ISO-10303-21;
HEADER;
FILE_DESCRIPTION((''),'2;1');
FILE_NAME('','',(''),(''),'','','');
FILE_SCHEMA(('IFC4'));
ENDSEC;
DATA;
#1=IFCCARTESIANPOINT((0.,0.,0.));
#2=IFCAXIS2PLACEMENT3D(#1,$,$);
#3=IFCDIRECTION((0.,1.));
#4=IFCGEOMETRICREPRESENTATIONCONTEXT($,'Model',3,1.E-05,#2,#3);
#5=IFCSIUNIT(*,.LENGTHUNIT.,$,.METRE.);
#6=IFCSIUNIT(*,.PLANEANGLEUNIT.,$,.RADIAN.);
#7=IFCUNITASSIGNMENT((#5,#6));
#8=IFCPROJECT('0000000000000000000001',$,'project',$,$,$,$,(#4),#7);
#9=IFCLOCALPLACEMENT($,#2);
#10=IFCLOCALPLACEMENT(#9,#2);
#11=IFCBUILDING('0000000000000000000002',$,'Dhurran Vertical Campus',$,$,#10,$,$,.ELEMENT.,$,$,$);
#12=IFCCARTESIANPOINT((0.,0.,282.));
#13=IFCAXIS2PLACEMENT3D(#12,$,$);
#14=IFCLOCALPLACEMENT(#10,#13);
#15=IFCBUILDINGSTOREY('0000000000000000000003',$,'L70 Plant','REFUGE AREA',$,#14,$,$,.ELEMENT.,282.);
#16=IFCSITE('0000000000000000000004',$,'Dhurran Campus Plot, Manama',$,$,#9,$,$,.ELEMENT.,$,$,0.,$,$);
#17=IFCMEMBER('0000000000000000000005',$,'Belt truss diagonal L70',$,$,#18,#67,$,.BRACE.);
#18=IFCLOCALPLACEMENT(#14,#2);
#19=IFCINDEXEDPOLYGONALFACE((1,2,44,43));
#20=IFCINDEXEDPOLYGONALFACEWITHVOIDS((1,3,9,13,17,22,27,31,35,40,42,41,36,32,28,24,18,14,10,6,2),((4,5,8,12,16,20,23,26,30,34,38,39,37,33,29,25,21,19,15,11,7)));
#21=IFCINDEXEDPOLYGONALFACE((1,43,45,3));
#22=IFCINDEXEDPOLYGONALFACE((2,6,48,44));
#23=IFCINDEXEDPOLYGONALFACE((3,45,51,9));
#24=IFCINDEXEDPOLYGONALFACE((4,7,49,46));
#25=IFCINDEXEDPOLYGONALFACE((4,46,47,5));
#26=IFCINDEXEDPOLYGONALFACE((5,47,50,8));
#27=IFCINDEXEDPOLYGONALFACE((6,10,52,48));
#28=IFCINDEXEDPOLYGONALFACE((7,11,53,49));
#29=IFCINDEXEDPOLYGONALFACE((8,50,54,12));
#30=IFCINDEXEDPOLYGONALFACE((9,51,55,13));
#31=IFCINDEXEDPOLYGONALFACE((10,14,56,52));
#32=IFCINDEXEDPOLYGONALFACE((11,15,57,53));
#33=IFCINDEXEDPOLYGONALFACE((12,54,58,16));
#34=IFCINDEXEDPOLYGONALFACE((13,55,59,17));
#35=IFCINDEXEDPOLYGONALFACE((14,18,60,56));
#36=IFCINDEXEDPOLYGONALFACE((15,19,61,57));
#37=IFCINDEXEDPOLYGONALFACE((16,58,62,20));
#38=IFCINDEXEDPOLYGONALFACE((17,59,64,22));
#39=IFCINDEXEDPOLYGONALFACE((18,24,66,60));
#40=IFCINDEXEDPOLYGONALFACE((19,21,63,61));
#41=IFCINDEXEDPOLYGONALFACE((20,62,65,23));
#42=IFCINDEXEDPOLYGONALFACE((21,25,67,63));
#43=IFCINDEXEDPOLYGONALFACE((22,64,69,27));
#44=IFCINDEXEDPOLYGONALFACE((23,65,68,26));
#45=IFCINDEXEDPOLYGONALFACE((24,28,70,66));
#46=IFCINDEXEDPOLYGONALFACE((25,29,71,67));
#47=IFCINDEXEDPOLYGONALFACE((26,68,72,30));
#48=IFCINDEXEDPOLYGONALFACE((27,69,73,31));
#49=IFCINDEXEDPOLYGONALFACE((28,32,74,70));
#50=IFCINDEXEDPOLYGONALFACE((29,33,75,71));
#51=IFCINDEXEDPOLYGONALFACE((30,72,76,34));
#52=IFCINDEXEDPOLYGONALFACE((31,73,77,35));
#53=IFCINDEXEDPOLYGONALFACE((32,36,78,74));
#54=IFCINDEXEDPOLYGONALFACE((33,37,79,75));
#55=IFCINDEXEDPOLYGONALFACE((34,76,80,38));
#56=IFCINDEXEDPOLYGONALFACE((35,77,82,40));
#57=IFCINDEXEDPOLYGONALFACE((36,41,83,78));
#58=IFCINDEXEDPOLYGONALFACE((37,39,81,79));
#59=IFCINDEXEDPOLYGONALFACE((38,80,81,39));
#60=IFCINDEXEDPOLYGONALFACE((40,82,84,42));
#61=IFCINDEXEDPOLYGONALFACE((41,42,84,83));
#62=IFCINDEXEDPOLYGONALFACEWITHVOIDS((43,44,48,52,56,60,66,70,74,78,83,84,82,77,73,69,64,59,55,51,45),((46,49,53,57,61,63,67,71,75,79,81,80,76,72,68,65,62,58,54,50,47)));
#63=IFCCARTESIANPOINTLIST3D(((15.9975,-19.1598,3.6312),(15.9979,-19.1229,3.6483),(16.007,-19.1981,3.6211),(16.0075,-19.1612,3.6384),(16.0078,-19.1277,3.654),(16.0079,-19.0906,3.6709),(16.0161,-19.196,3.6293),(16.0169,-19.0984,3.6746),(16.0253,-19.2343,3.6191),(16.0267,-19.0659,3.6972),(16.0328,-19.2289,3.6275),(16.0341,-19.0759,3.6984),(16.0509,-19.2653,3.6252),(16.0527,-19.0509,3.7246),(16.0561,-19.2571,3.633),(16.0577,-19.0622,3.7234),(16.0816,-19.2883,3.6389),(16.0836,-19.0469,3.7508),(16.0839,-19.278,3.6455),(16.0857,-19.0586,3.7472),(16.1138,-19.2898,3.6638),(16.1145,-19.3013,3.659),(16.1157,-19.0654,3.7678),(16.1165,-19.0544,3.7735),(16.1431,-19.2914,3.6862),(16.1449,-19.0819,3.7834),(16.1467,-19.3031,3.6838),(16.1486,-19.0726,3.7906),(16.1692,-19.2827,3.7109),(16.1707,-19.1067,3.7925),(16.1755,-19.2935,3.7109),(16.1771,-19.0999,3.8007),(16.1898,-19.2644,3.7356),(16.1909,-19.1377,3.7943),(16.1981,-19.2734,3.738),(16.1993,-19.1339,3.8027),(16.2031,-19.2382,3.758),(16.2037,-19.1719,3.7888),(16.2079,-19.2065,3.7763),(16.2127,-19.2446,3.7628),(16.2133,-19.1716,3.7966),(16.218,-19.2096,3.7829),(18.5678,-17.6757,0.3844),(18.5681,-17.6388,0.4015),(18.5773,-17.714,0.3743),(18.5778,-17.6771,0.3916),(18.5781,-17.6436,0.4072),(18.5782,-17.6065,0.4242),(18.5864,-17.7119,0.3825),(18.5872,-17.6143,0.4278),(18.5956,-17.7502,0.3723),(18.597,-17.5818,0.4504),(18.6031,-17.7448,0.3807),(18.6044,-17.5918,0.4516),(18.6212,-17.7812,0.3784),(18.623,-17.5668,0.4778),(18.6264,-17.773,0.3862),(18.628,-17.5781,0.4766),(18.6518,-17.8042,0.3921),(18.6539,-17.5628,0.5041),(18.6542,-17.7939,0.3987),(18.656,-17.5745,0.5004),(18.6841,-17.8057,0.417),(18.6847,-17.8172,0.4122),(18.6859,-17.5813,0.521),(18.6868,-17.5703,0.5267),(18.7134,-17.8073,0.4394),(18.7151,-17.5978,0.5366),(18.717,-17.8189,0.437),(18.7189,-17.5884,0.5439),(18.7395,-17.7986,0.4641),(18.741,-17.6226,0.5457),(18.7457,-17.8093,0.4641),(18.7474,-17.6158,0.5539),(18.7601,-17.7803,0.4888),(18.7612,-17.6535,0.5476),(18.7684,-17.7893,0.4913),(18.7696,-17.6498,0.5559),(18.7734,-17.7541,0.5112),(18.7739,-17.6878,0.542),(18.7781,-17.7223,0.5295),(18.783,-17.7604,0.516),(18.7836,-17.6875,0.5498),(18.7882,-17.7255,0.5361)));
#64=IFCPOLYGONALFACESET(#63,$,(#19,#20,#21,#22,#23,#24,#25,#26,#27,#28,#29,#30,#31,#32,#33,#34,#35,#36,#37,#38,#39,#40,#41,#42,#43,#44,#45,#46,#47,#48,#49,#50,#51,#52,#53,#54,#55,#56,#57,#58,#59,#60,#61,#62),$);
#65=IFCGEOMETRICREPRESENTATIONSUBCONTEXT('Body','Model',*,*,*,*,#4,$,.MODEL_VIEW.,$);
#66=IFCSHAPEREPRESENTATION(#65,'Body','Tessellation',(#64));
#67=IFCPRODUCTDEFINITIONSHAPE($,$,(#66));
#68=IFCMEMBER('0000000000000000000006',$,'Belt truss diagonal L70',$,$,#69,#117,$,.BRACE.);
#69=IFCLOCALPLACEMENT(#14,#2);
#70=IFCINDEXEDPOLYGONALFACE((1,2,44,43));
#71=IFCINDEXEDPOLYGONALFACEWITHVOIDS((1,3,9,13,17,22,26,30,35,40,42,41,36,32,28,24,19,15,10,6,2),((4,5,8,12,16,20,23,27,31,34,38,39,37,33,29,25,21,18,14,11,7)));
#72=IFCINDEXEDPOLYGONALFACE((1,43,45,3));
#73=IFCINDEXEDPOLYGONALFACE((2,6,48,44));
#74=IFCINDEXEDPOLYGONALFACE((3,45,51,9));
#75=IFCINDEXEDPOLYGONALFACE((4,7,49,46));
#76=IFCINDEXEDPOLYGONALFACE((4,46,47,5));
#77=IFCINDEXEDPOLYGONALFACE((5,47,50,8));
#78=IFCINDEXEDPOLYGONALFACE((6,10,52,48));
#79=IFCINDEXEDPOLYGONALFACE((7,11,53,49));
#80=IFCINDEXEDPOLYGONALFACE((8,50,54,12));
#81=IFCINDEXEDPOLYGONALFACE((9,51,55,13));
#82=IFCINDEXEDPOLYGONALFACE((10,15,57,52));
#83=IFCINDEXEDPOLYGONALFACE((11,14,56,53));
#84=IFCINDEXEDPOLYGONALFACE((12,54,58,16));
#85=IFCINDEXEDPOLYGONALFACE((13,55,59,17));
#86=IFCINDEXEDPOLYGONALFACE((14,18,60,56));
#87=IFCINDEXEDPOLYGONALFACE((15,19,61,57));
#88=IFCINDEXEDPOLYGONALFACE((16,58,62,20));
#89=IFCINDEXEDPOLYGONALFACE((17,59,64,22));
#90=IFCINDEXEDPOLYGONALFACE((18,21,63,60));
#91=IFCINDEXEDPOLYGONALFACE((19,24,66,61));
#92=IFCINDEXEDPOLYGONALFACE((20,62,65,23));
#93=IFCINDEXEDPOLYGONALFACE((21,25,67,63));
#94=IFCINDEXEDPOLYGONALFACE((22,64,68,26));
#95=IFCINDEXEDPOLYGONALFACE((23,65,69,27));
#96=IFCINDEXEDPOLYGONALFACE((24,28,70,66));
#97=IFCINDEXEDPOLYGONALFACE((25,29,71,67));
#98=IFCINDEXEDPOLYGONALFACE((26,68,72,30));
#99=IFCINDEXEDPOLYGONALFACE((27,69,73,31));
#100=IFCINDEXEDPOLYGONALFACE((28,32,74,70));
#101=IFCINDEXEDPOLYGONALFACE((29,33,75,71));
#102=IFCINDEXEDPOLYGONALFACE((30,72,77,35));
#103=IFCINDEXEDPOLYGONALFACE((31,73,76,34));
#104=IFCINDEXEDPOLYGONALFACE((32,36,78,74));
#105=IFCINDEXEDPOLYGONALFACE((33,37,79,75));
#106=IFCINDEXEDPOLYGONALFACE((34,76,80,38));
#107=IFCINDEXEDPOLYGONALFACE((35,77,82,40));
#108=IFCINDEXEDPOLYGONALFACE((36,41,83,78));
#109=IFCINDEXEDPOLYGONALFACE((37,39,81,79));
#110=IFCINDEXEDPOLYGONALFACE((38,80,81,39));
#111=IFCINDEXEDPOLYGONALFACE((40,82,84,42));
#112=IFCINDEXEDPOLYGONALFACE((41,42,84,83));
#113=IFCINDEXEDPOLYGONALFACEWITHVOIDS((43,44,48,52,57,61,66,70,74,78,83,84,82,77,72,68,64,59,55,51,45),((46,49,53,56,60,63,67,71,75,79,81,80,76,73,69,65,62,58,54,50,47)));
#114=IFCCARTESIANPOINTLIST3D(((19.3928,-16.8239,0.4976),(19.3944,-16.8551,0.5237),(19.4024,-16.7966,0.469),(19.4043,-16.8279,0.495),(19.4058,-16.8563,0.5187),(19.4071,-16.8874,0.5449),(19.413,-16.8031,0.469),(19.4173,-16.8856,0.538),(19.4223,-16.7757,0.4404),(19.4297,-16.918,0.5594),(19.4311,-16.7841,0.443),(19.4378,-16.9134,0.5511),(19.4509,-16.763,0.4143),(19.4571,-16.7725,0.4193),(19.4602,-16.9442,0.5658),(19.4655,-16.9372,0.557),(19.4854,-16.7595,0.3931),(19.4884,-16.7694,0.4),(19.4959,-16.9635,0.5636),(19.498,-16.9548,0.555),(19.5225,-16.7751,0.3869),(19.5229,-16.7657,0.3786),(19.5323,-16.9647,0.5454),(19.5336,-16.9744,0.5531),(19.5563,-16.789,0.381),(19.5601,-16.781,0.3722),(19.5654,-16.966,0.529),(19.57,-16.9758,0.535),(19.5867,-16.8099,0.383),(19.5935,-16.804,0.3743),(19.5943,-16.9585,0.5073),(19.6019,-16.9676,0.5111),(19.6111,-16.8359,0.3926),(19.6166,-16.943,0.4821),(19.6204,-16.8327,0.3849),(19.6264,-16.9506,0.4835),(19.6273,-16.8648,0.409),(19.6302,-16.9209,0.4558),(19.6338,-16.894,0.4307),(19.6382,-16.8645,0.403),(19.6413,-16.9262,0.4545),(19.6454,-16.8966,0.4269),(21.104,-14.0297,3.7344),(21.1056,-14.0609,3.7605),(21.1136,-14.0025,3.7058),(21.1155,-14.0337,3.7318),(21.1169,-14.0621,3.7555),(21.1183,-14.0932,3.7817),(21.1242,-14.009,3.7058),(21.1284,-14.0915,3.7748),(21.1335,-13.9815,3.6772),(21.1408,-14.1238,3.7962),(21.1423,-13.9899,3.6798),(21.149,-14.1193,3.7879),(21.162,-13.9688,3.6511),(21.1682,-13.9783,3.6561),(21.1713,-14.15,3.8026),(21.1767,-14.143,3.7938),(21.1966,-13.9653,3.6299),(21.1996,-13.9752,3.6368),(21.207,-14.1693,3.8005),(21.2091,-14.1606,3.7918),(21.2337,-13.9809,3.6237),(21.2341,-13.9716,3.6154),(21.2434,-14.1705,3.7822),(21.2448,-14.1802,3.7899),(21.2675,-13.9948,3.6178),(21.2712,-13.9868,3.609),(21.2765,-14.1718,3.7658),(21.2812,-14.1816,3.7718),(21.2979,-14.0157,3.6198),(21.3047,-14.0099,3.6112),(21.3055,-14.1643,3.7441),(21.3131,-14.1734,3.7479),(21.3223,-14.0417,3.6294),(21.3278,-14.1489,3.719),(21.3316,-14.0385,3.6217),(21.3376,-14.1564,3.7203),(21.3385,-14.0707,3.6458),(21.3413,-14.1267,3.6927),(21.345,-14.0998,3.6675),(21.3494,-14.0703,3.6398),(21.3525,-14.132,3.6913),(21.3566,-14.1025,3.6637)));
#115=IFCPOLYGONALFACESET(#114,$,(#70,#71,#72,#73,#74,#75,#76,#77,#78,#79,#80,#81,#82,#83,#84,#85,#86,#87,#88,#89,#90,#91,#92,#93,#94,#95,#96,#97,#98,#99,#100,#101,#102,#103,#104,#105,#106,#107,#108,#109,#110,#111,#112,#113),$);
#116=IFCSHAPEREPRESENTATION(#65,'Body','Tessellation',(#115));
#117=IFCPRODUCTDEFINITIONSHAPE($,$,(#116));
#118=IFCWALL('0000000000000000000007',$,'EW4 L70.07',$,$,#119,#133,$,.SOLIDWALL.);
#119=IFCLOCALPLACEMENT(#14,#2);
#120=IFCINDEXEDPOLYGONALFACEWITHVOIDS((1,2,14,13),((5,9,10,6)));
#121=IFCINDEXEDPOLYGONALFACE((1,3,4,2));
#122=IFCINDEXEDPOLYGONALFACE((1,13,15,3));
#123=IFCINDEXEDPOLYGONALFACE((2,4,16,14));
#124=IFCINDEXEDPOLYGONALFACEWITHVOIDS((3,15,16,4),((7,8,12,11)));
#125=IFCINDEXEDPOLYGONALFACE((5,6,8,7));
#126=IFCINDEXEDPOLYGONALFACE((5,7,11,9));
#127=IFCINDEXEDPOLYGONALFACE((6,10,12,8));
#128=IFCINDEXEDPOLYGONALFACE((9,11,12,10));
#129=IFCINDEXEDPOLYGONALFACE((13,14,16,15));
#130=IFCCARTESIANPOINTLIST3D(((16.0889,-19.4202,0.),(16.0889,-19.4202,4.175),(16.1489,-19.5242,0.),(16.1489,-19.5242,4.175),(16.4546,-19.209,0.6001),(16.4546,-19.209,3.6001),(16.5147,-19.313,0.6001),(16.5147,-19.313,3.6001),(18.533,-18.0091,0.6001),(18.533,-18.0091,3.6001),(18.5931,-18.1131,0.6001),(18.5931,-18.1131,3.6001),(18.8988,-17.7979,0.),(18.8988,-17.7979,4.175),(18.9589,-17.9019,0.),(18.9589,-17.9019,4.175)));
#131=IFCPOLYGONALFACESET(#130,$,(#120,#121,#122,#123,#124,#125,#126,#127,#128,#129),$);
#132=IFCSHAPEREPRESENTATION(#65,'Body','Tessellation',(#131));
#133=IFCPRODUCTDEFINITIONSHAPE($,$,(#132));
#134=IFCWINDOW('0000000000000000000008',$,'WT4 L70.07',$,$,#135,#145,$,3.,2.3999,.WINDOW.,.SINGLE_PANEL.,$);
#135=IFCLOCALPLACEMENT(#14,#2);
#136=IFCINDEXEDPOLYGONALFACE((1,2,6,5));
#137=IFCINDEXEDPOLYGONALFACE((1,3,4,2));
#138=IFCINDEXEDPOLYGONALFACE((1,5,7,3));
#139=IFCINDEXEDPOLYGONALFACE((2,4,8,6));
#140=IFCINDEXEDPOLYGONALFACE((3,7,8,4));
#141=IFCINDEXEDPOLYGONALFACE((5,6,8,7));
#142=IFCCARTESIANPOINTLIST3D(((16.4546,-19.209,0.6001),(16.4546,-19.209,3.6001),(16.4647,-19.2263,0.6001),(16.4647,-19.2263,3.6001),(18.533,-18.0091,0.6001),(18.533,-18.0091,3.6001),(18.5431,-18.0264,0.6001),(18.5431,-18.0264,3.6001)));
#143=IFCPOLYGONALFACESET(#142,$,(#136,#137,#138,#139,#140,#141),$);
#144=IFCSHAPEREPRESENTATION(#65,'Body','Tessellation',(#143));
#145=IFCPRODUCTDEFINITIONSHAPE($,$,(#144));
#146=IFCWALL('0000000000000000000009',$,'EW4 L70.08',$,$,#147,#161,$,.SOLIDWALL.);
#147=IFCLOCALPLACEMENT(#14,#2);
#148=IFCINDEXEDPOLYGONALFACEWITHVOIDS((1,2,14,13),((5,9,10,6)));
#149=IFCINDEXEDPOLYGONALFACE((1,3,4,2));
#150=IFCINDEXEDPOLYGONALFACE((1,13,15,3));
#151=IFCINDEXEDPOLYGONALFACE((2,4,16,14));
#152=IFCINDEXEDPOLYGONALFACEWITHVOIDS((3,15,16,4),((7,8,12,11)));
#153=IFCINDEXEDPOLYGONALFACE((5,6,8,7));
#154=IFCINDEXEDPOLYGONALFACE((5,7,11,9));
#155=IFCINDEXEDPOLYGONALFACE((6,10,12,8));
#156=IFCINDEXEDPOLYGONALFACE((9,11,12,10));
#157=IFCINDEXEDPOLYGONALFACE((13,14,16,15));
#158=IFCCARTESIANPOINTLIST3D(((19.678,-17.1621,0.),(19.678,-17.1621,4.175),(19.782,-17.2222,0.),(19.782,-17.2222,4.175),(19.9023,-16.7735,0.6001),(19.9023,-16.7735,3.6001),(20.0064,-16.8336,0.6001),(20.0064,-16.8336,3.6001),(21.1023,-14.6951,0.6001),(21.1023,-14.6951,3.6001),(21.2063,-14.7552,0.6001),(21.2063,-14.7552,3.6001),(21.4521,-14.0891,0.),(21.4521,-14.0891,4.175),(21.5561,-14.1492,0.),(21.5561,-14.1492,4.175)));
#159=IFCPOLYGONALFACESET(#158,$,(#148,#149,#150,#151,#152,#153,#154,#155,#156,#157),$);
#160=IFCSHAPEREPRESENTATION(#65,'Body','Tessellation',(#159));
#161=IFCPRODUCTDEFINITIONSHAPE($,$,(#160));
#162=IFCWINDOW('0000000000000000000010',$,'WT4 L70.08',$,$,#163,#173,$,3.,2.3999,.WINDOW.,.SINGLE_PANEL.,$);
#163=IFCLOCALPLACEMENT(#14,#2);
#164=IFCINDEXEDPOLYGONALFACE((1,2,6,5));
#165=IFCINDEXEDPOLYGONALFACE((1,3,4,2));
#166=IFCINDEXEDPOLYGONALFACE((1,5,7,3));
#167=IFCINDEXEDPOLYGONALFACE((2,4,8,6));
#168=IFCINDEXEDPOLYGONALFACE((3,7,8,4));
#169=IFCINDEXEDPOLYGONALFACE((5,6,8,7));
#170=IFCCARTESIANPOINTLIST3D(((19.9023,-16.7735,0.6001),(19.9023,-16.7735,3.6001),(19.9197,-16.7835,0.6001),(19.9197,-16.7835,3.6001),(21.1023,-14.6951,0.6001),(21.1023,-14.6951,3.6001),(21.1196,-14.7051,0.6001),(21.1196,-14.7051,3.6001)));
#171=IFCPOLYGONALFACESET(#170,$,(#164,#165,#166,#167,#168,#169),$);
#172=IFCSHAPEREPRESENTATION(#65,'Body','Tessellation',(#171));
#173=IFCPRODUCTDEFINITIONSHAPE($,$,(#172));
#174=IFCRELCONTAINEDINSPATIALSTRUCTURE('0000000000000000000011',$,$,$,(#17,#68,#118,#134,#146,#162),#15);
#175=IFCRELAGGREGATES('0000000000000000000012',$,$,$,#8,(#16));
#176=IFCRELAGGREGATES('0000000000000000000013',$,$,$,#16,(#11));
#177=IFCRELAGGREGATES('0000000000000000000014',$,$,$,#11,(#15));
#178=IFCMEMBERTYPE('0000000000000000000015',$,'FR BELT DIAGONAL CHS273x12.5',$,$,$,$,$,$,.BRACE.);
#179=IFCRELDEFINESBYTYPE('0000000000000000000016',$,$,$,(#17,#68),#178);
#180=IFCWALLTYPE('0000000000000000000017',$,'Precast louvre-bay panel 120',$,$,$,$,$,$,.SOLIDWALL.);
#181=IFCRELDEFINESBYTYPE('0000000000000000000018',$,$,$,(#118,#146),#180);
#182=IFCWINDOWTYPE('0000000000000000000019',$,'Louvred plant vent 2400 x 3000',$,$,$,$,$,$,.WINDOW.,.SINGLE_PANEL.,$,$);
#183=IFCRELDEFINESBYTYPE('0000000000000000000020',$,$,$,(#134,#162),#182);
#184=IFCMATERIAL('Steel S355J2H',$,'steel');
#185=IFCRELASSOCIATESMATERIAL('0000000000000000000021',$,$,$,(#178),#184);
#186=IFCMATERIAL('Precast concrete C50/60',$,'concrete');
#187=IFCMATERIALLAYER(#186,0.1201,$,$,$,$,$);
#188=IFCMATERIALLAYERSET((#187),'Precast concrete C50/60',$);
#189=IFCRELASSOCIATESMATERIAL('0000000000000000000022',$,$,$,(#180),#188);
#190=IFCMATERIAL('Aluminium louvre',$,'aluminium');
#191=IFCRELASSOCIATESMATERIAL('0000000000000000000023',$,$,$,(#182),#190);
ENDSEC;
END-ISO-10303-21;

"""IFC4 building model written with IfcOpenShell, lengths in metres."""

from ifc_helpers import new_model, si_unit, direction, frame, frame_2d, origin, origin_2d, place, context, subcontext, project, spatial, rectangle, hollow_circle, extrude, material, layer, layer_set, material_profile, profile_set, type_object, element, fill, save


model = new_model("IFC4")

# Units and contexts
model_context = context("Model", 3, precision=1e-05, world=origin(), true_north=direction((0.0, 1.0)))
body_context = subcontext(model_context, "Body", "Model", "MODEL_VIEW")
ifc_project = project(units=[si_unit("LENGTHUNIT", "METRE"), si_unit("PLANEANGLEUNIT", "RADIAN")], contexts=[model_context])

# Site, building, storey
site_placement = place(None, origin())
site = spatial("IfcSite", under=ifc_project, at=site_placement, Name="Dhurran Campus Plot, Manama", CompositionType="ELEMENT", RefElevation=0.0)
building_placement = place(site_placement, origin())
building = spatial("IfcBuilding", under=site, at=building_placement, Name="Dhurran Vertical Campus", CompositionType="ELEMENT")
storey_placement = place(building_placement, frame((0.0, 0.0, 282.0)))
storey = spatial("IfcBuildingStorey", under=building, at=storey_placement, Name="L70 Plant", Description="REFUGE AREA", CompositionType="ELEMENT", Elevation=282.0)

# Members
ifc_material_1 = material(Name="Steel S355J2H", Category="steel")
ifc_material_profile_1 = material_profile(ifc_material_1, hollow_circle(Radius=0.1365, WallThickness=0.0125, at=origin_2d()), Name="CHS273x12.5")
ifc_profile_set_1 = profile_set([ifc_material_profile_1], Name="Steel S355J2H")
member_type = type_object("IfcMemberType", Name="FR BELT DIAGONAL CHS273x12.5", PredefinedType="BRACE", material=ifc_profile_set_1)
member_1_placement = place(storey_placement, frame((18.6775, -17.6912, 0.4641), z_axis=(-0.584297, -0.337381, 0.738086), x_axis=(0.50004, -0.866002, 0.0)))
element("IfcMember", 1, at=member_1_placement, inside=storey, type_object=member_type, Name="Belt truss diagonal L70", PredefinedType="BRACE", context=body_context, shape_type="SweptSolid", body=[
    extrude(hollow_circle(Radius=0.1365, WallThickness=0.0125, at=origin_2d()), origin(), (0.0, 0.0, 1.0), 4.3989),
])
member_2_placement = place(storey_placement, frame((19.5188, -16.8679, 0.469), z_axis=(0.371534, 0.606679, 0.702782), x_axis=(-0.85279, 0.522255, 0.0)))
element("IfcMember", 2, at=member_2_placement, inside=storey, type_object=member_type, Name="Belt truss diagonal L70", PredefinedType="BRACE", context=body_context, shape_type="SweptSolid", body=[
    extrude(hollow_circle(Radius=0.1365, WallThickness=0.0125, at=origin_2d()), origin(), (0.0, 0.0, 1.0), 4.6057),
])

# Walls, openings, windows
ifc_material_2 = material(Name="Precast concrete C50/60", Category="concrete")
ifc_layer_1 = layer(ifc_material_2, 0.1201)
ifc_layer_set_1 = layer_set([ifc_layer_1], Name="Precast concrete C50/60")
wall_type_1 = type_object("IfcWallType", Name="Precast louvre-bay panel 120", PredefinedType="SOLIDWALL", material=ifc_layer_set_1)
wall_1_placement = place(storey_placement, frame((16.1189, -19.4722, 0.0), z_axis=(0.0, 0.0, 1.0), x_axis=(0.866035, 0.499983, 0.0)))
wall_1 = element("IfcWall", 3, at=wall_1_placement, inside=storey, type_object=wall_type_1, Name="EW4 L70.07", PredefinedType="SOLIDWALL", context=body_context, shape_type="SweptSolid", body=[
    extrude(rectangle(XDim=3.2446, YDim=0.1201, at=frame_2d((1.6223, 0.0))), origin(), (0.0, 0.0, 1.0), 4.175),
])
opening_1_placement = place(wall_1_placement, frame((0.4224, 0.0, 0.6001)))
opening_1 = element("IfcOpeningElement", 4, at=opening_1_placement, cuts=wall_1, PredefinedType="OPENING", context=body_context, shape_type="SweptSolid", body=[
    extrude(rectangle(XDim=2.3999, YDim=3.0, at=frame_2d((1.2, 1.5))), frame((0.0, 0.0701, 0.0), z_axis=(0.0, -1.0, 0.0), x_axis=(1.0, 0.0, 0.0)), (0.0, 0.0, 1.0), 0.1401),
])
ifc_material_3 = material(Name="Aluminium louvre", Category="aluminium")
window_type = type_object("IfcWindowType", Name="Louvred plant vent 2400 x 3000", PartitioningType="SINGLE_PANEL", PredefinedType="WINDOW", material=ifc_material_3)
window_1_placement = place(opening_1_placement, origin())
window_1 = element("IfcWindow", 5, at=window_1_placement, inside=storey, type_object=window_type, Name="WT4 L70.07", OverallHeight=3.0, OverallWidth=2.3999, PartitioningType="SINGLE_PANEL", PredefinedType="WINDOW", context=body_context, shape_type="SweptSolid", body=[
    extrude(rectangle(XDim=2.3999, YDim=3.0, at=frame_2d((1.2, 1.5))), frame((0.0, 0.0601, 0.0), z_axis=(0.0, -1.0, 0.0), x_axis=(1.0, 0.0, 0.0)), (0.0, 0.0, 1.0), 0.02),
])
fill(opening_1, window_1)
wall_2_placement = place(storey_placement, frame((19.73, -17.1921, 0.0), z_axis=(0.0, 0.0, 1.0), x_axis=(0.499994, 0.866029, 0.0)))
wall_2 = element("IfcWall", 6, at=wall_2_placement, inside=storey, type_object=wall_type_1, Name="EW4 L70.08", PredefinedType="SOLIDWALL", context=body_context, shape_type="SweptSolid", body=[
    extrude(rectangle(XDim=3.5483, YDim=0.1201, at=frame_2d((1.7742, 0.0))), origin(), (0.0, 0.0, 1.0), 4.175),
])
opening_2_placement = place(wall_2_placement, frame((0.4487, 0.0, 0.6001)))
opening_2 = element("IfcOpeningElement", 7, at=opening_2_placement, cuts=wall_2, PredefinedType="OPENING", context=body_context, shape_type="SweptSolid", body=[
    extrude(rectangle(XDim=2.3999, YDim=3.0, at=frame_2d((1.2, 1.5))), frame((0.0, 0.0701, 0.0), z_axis=(0.0, -1.0, 0.0), x_axis=(1.0, 0.0, 0.0)), (0.0, 0.0, 1.0), 0.1401),
])
window_2_placement = place(opening_2_placement, origin())
window_2 = element("IfcWindow", 8, at=window_2_placement, inside=storey, type_object=window_type, Name="WT4 L70.08", OverallHeight=3.0, OverallWidth=2.3999, PartitioningType="SINGLE_PANEL", PredefinedType="WINDOW", context=body_context, shape_type="SweptSolid", body=[
    extrude(rectangle(XDim=2.3999, YDim=3.0, at=frame_2d((1.2, 1.5))), frame((0.0, 0.0601, 0.0), z_axis=(0.0, -1.0, 0.0), x_axis=(1.0, 0.0, 0.0)), (0.0, 0.0, 1.0), 0.02),
])
fill(opening_2, window_2)

save(model, "model.ifc")
